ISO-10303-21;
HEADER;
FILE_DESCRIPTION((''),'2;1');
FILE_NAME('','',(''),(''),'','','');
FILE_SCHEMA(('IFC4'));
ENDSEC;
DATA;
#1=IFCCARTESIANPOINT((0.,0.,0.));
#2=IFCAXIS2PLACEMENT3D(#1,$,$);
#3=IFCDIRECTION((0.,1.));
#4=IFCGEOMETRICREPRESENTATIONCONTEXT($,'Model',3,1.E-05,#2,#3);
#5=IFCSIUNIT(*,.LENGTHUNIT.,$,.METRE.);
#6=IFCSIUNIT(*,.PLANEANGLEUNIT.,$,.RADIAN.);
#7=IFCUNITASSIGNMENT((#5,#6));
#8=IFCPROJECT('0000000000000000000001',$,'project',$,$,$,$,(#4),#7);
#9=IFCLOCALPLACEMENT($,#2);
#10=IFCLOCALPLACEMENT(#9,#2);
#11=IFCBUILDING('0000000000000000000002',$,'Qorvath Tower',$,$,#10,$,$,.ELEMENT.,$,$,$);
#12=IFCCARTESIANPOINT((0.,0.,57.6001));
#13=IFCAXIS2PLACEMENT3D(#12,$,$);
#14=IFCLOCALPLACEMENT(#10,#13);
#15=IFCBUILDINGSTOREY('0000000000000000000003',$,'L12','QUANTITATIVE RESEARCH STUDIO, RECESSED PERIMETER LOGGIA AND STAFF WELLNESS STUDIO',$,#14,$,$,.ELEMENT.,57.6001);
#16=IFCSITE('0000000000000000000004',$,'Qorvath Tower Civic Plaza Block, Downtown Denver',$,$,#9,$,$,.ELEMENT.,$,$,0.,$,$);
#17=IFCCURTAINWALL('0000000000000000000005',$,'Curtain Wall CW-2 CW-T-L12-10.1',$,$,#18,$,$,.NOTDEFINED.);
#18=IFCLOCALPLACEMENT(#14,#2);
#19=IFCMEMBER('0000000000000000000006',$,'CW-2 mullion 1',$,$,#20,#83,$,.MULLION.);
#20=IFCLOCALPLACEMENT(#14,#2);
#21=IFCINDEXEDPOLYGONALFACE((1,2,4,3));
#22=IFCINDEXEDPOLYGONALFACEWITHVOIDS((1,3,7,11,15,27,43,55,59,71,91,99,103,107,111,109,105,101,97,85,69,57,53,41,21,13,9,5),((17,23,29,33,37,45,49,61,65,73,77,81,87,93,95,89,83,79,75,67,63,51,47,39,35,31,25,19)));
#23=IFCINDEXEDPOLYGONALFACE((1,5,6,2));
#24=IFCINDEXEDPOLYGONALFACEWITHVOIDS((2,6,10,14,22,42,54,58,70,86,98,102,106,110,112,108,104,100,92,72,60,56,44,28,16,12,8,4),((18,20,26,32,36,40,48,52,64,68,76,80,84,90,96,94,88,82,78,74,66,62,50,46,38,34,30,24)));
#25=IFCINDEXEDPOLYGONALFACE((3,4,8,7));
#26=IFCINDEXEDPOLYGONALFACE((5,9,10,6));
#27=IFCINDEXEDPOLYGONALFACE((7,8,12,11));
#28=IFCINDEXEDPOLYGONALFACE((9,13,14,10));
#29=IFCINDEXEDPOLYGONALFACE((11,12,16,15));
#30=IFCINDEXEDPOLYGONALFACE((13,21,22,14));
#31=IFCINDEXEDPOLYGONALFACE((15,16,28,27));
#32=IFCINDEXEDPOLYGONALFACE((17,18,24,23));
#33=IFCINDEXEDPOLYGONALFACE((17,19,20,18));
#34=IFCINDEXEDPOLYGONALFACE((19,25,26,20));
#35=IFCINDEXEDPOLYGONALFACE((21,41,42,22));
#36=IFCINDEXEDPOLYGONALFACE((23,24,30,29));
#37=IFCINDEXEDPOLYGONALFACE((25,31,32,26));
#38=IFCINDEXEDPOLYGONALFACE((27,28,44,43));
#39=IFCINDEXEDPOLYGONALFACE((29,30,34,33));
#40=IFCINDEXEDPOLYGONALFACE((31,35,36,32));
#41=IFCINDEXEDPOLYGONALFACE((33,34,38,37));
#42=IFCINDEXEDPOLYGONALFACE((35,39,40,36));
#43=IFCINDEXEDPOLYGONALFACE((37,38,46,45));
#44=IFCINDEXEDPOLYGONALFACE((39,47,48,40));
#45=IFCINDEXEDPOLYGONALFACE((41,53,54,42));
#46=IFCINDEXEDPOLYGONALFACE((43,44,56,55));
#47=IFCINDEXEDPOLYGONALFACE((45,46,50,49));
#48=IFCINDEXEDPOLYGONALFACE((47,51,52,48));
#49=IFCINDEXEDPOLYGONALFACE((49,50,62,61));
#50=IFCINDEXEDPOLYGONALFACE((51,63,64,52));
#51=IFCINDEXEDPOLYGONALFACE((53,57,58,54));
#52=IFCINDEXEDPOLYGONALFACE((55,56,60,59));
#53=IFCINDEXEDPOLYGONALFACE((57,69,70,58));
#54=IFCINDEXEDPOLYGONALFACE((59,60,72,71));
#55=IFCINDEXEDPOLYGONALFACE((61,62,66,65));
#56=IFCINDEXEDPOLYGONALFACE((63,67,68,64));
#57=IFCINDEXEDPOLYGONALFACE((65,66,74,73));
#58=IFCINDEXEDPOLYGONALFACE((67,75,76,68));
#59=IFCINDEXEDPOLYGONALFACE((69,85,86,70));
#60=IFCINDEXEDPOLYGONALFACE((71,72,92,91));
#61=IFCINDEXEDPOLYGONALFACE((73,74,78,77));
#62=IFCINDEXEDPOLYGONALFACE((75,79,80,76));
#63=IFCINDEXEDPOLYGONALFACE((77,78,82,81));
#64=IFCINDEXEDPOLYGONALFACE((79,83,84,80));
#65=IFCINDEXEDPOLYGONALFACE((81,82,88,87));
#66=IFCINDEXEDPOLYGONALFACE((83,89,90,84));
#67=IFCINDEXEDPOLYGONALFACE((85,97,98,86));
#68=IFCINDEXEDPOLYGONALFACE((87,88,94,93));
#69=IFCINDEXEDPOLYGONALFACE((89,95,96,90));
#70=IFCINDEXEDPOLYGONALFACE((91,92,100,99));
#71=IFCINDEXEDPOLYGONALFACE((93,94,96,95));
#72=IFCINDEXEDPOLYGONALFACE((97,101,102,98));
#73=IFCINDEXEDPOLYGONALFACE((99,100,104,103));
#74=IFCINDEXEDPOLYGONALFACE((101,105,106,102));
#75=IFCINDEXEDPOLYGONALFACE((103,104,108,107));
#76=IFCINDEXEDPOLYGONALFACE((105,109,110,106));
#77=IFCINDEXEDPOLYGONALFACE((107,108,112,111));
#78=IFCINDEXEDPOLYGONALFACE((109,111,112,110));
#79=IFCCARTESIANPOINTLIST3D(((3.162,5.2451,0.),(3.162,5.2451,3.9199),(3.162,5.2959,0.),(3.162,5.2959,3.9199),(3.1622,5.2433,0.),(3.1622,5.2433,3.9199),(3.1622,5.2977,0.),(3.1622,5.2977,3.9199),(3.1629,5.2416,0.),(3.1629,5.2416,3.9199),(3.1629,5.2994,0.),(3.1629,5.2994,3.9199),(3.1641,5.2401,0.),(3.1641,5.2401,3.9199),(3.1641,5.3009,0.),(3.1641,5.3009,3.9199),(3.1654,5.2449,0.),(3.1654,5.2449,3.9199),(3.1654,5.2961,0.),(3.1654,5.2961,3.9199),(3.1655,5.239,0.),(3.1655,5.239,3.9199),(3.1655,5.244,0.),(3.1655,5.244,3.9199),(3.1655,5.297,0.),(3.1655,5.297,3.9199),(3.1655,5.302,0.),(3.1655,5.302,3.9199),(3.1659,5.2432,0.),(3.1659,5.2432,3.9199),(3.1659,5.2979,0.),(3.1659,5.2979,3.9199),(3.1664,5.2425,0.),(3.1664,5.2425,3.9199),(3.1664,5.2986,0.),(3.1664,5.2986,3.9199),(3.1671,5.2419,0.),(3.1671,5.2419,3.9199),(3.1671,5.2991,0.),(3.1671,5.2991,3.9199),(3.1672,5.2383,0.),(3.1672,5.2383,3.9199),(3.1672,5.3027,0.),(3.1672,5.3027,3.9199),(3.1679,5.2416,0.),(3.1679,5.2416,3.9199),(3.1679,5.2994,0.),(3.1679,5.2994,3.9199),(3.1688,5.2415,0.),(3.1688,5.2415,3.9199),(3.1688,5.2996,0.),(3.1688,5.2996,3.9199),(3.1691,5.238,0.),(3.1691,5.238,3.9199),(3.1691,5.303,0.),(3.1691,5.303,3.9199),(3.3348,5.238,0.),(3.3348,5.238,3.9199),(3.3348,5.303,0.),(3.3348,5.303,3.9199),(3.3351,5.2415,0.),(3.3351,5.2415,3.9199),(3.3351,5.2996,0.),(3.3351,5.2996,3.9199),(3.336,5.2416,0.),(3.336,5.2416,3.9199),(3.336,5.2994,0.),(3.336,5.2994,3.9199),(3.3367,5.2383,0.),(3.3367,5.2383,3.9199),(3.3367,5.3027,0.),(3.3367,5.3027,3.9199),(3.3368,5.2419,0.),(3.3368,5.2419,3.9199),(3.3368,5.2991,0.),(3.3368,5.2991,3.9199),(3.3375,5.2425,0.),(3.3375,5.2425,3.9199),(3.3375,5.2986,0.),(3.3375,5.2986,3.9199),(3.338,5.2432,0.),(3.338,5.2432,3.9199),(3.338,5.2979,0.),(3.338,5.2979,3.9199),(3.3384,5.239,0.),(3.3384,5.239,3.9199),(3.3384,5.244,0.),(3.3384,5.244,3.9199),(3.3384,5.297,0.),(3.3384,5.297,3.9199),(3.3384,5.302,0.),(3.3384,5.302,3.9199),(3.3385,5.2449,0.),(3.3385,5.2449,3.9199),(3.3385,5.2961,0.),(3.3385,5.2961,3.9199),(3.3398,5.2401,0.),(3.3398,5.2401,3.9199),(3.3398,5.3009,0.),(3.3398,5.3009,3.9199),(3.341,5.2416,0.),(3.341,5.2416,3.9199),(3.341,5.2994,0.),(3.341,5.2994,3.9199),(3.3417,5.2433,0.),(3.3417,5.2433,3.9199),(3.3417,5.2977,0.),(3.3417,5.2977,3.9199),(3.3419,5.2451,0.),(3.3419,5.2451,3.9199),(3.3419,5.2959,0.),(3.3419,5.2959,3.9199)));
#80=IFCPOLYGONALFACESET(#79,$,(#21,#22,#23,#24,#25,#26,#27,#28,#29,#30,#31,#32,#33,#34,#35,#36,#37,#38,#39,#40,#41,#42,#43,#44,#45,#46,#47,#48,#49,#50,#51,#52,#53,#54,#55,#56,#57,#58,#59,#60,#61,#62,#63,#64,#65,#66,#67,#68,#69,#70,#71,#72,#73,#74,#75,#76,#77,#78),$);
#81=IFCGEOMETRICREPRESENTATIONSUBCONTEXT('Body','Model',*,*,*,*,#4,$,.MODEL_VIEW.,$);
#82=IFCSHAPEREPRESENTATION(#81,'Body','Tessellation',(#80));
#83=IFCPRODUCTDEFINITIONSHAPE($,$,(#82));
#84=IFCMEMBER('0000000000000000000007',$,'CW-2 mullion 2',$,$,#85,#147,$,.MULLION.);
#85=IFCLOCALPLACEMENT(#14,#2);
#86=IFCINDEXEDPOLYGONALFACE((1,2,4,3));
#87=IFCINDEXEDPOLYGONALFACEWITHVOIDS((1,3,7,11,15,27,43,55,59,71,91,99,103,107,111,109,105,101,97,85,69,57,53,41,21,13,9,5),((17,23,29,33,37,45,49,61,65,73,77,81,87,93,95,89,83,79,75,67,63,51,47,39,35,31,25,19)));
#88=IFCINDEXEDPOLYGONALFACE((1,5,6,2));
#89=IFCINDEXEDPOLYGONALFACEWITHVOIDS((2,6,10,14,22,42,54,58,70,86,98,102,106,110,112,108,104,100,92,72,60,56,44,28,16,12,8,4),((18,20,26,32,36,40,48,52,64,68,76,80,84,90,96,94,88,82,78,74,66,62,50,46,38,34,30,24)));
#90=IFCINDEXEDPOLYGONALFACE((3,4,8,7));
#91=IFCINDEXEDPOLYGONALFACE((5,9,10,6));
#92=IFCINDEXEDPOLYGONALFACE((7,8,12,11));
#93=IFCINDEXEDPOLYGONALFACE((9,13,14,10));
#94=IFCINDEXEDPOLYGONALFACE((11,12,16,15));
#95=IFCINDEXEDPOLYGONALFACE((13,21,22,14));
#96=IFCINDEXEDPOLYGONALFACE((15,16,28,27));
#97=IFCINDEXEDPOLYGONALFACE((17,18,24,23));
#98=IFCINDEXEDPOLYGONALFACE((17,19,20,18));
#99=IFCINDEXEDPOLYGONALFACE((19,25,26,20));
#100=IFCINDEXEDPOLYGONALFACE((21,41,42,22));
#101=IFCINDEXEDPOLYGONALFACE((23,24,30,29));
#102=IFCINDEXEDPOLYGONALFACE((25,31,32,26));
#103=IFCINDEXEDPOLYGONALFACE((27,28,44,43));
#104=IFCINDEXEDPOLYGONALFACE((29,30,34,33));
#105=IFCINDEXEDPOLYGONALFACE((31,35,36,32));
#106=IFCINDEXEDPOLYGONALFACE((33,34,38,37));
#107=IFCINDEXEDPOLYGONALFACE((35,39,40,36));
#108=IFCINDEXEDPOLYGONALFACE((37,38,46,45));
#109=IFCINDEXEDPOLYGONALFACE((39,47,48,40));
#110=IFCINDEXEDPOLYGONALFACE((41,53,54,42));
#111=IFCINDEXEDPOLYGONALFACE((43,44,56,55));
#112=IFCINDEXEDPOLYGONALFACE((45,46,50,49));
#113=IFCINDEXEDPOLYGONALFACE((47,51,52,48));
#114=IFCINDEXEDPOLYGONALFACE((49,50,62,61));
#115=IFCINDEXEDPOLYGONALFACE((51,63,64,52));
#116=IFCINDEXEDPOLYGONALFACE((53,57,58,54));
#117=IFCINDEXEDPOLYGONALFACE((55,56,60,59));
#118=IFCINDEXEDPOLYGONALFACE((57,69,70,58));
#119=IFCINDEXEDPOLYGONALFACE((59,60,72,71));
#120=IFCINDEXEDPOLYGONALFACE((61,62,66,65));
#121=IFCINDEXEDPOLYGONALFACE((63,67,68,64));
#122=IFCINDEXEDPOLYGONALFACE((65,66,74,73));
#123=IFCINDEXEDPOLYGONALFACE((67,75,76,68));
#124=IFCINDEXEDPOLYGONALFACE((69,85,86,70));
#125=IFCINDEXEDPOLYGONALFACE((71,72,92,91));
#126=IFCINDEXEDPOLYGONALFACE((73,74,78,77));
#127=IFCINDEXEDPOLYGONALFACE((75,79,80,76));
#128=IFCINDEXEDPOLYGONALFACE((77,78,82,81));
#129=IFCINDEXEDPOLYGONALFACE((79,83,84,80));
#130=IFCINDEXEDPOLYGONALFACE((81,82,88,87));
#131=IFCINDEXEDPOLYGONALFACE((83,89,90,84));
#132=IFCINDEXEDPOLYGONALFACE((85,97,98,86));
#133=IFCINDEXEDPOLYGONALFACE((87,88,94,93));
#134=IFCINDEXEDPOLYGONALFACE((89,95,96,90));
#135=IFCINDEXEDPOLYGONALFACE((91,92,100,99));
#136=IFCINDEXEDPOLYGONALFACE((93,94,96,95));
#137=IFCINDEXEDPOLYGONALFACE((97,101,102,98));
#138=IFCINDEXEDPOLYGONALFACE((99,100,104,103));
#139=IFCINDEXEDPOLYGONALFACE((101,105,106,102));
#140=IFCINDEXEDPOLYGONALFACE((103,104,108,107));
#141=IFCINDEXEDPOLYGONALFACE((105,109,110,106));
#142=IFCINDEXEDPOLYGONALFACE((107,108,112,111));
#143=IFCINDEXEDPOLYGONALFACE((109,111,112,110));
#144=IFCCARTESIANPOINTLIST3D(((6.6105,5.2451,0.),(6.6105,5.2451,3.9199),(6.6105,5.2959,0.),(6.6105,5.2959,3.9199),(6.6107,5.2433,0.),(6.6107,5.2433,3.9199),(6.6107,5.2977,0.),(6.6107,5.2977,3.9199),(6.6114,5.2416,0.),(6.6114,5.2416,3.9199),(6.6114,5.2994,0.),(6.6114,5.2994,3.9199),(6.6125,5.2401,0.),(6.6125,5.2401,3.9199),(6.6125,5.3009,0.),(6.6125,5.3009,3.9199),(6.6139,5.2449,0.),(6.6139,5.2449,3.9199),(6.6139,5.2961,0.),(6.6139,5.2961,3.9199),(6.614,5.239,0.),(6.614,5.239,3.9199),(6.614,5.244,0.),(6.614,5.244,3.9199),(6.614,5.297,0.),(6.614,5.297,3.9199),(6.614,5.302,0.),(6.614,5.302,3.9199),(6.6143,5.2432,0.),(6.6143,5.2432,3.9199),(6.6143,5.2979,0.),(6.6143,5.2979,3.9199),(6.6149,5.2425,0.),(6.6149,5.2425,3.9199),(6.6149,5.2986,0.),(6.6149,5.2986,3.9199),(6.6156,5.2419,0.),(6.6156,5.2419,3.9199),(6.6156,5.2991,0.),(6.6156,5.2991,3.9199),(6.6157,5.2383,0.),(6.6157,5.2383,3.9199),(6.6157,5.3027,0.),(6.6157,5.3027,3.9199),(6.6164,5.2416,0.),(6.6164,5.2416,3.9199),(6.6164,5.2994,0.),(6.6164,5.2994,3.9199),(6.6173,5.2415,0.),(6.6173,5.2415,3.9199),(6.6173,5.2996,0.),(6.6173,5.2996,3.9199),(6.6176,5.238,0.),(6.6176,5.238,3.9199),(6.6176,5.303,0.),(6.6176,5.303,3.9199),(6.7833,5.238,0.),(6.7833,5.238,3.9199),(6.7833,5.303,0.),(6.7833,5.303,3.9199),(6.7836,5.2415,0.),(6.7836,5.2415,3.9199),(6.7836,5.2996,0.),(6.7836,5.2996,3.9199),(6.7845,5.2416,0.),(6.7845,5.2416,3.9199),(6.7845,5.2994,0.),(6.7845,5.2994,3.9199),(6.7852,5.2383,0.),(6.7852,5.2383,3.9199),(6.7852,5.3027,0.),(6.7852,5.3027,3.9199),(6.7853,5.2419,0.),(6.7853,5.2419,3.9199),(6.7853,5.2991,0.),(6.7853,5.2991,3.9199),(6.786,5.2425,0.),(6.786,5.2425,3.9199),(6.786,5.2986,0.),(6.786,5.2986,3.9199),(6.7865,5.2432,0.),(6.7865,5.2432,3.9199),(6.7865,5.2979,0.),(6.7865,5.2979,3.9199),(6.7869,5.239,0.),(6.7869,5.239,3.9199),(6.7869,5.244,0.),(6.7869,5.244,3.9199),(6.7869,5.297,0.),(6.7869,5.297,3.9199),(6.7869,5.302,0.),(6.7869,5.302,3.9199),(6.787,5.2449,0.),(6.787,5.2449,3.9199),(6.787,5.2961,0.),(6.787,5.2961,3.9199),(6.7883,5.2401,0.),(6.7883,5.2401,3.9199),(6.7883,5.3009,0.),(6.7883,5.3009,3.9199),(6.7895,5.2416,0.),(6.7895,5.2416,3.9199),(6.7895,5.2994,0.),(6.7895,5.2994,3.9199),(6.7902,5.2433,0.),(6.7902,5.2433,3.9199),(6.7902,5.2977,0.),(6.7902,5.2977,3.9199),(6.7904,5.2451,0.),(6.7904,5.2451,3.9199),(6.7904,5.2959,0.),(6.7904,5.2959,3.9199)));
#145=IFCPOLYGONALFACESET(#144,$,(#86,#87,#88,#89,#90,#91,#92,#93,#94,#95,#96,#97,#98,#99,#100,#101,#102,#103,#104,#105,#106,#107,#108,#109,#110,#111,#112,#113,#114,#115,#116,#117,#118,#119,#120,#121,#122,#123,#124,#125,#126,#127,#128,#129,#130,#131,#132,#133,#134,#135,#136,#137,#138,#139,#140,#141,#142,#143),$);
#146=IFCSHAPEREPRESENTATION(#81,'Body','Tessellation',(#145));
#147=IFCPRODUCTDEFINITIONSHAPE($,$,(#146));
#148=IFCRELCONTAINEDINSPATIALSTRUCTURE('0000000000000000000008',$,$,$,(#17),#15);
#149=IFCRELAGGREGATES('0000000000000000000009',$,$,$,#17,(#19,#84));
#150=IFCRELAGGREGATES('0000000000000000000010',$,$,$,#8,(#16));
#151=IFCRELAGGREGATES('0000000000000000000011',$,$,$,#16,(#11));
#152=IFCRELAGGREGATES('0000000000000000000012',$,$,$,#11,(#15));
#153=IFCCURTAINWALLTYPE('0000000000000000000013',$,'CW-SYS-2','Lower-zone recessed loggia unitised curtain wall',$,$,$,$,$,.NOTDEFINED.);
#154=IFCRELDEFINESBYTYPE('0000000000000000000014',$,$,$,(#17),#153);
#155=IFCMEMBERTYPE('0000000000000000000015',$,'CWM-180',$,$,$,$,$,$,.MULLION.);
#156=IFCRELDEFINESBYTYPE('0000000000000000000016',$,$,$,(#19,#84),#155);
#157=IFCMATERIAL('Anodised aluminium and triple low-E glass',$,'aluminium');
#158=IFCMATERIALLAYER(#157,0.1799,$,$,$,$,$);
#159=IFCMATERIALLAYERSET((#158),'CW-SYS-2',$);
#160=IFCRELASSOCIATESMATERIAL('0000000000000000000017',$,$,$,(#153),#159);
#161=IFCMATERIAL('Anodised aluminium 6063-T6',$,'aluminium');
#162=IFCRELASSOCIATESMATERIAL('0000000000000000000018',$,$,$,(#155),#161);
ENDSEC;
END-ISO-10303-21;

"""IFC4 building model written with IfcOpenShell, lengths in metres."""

from ifc_helpers import new_model, si_unit, direction, frame, origin, origin_2d, place, context, subcontext, project, spatial, hollow_rectangle, extrude, material, layer, layer_set, material_profile, profile_set, type_object, element, aggregate, save


model = new_model("IFC4")

# Units and contexts
model_context = context("Model", 3, precision=1e-05, world=origin(), true_north=direction((0.0, 1.0)))
body_context = subcontext(model_context, "Body", "Model", "MODEL_VIEW")
ifc_project = project(units=[si_unit("LENGTHUNIT", "METRE"), si_unit("PLANEANGLEUNIT", "RADIAN")], contexts=[model_context])

# Site, building, storey
site_placement = place(None, origin())
site = spatial("IfcSite", under=ifc_project, at=site_placement, Name="Qorvath Tower Civic Plaza Block, Downtown Denver", CompositionType="ELEMENT", RefElevation=0.0)
building_placement = place(site_placement, origin())
building = spatial("IfcBuilding", under=site, at=building_placement, Name="Qorvath Tower", CompositionType="ELEMENT")
storey_placement = place(building_placement, frame((0.0, 0.0, 57.6001)))
storey = spatial("IfcBuildingStorey", under=building, at=storey_placement, Name="L12", Description="QUANTITATIVE RESEARCH STUDIO, RECESSED PERIMETER LOGGIA AND STAFF WELLNESS STUDIO", CompositionType="ELEMENT", Elevation=57.6001)

# Curtain wall, members
ifc_material_1 = material(Name="Anodised aluminium and triple low-E glass", Category="aluminium")
ifc_layer_1 = layer(ifc_material_1, 0.1799)
ifc_layer_set_1 = layer_set([ifc_layer_1], Name="CW-SYS-2")
curtain_wall_type = type_object("IfcCurtainWallType", Name="CW-SYS-2", Description="Lower-zone recessed loggia unitised curtain wall", PredefinedType="NOTDEFINED", material=ifc_layer_set_1)
ifc_material_2 = material(Name="Anodised aluminium 6063-T6", Category="aluminium")
ifc_material_profile_1 = material_profile(ifc_material_2, hollow_rectangle(XDim=0.0649, YDim=0.1799, WallThickness=0.0034, InnerFilletRadius=0.0034, OuterFilletRadius=0.0071, at=origin_2d()), Name="CWM 180x65")
ifc_profile_set_1 = profile_set([ifc_material_profile_1], Name="Anodised aluminium 6063-T6")
member_type_1 = type_object("IfcMemberType", Name="CWM-180", PredefinedType="MULLION", material=ifc_profile_set_1)
curtain_wall_1_placement = place(storey_placement, origin())
curtain_wall_1 = element("IfcCurtainWall", 1, at=curtain_wall_1_placement, inside=storey, type_object=curtain_wall_type, Name="Curtain Wall CW-2 CW-T-L12-10.1", PredefinedType="NOTDEFINED")
member_1_placement = place(storey_placement, frame((3.252, 5.2705, 0.0), z_axis=(0.0, 0.0, 1.0), x_axis=(0.0, 1.0, 0.0)))
member_1 = element("IfcMember", 2, at=member_1_placement, type_object=member_type_1, Name="CW-2 mullion 1", PredefinedType="MULLION", context=body_context, shape_type="SweptSolid", body=[
    extrude(hollow_rectangle(XDim=0.0649, YDim=0.1799, WallThickness=0.0034, InnerFilletRadius=0.0034, OuterFilletRadius=0.0071, at=origin_2d()), origin(), (0.0, 0.0, 1.0), 3.9199),
])
member_2_placement = place(storey_placement, frame((6.7004, 5.2705, 0.0), z_axis=(0.0, 0.0, 1.0), x_axis=(0.0, 1.0, 0.0)))
member_2 = element("IfcMember", 3, at=member_2_placement, type_object=member_type_1, Name="CW-2 mullion 2", PredefinedType="MULLION", context=body_context, shape_type="SweptSolid", body=[
    extrude(hollow_rectangle(XDim=0.0649, YDim=0.1799, WallThickness=0.0034, InnerFilletRadius=0.0034, OuterFilletRadius=0.0071, at=origin_2d()), origin(), (0.0, 0.0, 1.0), 3.9199),
])

aggregate(curtain_wall_1, [member_1, member_2])

save(model, "model.ifc")
